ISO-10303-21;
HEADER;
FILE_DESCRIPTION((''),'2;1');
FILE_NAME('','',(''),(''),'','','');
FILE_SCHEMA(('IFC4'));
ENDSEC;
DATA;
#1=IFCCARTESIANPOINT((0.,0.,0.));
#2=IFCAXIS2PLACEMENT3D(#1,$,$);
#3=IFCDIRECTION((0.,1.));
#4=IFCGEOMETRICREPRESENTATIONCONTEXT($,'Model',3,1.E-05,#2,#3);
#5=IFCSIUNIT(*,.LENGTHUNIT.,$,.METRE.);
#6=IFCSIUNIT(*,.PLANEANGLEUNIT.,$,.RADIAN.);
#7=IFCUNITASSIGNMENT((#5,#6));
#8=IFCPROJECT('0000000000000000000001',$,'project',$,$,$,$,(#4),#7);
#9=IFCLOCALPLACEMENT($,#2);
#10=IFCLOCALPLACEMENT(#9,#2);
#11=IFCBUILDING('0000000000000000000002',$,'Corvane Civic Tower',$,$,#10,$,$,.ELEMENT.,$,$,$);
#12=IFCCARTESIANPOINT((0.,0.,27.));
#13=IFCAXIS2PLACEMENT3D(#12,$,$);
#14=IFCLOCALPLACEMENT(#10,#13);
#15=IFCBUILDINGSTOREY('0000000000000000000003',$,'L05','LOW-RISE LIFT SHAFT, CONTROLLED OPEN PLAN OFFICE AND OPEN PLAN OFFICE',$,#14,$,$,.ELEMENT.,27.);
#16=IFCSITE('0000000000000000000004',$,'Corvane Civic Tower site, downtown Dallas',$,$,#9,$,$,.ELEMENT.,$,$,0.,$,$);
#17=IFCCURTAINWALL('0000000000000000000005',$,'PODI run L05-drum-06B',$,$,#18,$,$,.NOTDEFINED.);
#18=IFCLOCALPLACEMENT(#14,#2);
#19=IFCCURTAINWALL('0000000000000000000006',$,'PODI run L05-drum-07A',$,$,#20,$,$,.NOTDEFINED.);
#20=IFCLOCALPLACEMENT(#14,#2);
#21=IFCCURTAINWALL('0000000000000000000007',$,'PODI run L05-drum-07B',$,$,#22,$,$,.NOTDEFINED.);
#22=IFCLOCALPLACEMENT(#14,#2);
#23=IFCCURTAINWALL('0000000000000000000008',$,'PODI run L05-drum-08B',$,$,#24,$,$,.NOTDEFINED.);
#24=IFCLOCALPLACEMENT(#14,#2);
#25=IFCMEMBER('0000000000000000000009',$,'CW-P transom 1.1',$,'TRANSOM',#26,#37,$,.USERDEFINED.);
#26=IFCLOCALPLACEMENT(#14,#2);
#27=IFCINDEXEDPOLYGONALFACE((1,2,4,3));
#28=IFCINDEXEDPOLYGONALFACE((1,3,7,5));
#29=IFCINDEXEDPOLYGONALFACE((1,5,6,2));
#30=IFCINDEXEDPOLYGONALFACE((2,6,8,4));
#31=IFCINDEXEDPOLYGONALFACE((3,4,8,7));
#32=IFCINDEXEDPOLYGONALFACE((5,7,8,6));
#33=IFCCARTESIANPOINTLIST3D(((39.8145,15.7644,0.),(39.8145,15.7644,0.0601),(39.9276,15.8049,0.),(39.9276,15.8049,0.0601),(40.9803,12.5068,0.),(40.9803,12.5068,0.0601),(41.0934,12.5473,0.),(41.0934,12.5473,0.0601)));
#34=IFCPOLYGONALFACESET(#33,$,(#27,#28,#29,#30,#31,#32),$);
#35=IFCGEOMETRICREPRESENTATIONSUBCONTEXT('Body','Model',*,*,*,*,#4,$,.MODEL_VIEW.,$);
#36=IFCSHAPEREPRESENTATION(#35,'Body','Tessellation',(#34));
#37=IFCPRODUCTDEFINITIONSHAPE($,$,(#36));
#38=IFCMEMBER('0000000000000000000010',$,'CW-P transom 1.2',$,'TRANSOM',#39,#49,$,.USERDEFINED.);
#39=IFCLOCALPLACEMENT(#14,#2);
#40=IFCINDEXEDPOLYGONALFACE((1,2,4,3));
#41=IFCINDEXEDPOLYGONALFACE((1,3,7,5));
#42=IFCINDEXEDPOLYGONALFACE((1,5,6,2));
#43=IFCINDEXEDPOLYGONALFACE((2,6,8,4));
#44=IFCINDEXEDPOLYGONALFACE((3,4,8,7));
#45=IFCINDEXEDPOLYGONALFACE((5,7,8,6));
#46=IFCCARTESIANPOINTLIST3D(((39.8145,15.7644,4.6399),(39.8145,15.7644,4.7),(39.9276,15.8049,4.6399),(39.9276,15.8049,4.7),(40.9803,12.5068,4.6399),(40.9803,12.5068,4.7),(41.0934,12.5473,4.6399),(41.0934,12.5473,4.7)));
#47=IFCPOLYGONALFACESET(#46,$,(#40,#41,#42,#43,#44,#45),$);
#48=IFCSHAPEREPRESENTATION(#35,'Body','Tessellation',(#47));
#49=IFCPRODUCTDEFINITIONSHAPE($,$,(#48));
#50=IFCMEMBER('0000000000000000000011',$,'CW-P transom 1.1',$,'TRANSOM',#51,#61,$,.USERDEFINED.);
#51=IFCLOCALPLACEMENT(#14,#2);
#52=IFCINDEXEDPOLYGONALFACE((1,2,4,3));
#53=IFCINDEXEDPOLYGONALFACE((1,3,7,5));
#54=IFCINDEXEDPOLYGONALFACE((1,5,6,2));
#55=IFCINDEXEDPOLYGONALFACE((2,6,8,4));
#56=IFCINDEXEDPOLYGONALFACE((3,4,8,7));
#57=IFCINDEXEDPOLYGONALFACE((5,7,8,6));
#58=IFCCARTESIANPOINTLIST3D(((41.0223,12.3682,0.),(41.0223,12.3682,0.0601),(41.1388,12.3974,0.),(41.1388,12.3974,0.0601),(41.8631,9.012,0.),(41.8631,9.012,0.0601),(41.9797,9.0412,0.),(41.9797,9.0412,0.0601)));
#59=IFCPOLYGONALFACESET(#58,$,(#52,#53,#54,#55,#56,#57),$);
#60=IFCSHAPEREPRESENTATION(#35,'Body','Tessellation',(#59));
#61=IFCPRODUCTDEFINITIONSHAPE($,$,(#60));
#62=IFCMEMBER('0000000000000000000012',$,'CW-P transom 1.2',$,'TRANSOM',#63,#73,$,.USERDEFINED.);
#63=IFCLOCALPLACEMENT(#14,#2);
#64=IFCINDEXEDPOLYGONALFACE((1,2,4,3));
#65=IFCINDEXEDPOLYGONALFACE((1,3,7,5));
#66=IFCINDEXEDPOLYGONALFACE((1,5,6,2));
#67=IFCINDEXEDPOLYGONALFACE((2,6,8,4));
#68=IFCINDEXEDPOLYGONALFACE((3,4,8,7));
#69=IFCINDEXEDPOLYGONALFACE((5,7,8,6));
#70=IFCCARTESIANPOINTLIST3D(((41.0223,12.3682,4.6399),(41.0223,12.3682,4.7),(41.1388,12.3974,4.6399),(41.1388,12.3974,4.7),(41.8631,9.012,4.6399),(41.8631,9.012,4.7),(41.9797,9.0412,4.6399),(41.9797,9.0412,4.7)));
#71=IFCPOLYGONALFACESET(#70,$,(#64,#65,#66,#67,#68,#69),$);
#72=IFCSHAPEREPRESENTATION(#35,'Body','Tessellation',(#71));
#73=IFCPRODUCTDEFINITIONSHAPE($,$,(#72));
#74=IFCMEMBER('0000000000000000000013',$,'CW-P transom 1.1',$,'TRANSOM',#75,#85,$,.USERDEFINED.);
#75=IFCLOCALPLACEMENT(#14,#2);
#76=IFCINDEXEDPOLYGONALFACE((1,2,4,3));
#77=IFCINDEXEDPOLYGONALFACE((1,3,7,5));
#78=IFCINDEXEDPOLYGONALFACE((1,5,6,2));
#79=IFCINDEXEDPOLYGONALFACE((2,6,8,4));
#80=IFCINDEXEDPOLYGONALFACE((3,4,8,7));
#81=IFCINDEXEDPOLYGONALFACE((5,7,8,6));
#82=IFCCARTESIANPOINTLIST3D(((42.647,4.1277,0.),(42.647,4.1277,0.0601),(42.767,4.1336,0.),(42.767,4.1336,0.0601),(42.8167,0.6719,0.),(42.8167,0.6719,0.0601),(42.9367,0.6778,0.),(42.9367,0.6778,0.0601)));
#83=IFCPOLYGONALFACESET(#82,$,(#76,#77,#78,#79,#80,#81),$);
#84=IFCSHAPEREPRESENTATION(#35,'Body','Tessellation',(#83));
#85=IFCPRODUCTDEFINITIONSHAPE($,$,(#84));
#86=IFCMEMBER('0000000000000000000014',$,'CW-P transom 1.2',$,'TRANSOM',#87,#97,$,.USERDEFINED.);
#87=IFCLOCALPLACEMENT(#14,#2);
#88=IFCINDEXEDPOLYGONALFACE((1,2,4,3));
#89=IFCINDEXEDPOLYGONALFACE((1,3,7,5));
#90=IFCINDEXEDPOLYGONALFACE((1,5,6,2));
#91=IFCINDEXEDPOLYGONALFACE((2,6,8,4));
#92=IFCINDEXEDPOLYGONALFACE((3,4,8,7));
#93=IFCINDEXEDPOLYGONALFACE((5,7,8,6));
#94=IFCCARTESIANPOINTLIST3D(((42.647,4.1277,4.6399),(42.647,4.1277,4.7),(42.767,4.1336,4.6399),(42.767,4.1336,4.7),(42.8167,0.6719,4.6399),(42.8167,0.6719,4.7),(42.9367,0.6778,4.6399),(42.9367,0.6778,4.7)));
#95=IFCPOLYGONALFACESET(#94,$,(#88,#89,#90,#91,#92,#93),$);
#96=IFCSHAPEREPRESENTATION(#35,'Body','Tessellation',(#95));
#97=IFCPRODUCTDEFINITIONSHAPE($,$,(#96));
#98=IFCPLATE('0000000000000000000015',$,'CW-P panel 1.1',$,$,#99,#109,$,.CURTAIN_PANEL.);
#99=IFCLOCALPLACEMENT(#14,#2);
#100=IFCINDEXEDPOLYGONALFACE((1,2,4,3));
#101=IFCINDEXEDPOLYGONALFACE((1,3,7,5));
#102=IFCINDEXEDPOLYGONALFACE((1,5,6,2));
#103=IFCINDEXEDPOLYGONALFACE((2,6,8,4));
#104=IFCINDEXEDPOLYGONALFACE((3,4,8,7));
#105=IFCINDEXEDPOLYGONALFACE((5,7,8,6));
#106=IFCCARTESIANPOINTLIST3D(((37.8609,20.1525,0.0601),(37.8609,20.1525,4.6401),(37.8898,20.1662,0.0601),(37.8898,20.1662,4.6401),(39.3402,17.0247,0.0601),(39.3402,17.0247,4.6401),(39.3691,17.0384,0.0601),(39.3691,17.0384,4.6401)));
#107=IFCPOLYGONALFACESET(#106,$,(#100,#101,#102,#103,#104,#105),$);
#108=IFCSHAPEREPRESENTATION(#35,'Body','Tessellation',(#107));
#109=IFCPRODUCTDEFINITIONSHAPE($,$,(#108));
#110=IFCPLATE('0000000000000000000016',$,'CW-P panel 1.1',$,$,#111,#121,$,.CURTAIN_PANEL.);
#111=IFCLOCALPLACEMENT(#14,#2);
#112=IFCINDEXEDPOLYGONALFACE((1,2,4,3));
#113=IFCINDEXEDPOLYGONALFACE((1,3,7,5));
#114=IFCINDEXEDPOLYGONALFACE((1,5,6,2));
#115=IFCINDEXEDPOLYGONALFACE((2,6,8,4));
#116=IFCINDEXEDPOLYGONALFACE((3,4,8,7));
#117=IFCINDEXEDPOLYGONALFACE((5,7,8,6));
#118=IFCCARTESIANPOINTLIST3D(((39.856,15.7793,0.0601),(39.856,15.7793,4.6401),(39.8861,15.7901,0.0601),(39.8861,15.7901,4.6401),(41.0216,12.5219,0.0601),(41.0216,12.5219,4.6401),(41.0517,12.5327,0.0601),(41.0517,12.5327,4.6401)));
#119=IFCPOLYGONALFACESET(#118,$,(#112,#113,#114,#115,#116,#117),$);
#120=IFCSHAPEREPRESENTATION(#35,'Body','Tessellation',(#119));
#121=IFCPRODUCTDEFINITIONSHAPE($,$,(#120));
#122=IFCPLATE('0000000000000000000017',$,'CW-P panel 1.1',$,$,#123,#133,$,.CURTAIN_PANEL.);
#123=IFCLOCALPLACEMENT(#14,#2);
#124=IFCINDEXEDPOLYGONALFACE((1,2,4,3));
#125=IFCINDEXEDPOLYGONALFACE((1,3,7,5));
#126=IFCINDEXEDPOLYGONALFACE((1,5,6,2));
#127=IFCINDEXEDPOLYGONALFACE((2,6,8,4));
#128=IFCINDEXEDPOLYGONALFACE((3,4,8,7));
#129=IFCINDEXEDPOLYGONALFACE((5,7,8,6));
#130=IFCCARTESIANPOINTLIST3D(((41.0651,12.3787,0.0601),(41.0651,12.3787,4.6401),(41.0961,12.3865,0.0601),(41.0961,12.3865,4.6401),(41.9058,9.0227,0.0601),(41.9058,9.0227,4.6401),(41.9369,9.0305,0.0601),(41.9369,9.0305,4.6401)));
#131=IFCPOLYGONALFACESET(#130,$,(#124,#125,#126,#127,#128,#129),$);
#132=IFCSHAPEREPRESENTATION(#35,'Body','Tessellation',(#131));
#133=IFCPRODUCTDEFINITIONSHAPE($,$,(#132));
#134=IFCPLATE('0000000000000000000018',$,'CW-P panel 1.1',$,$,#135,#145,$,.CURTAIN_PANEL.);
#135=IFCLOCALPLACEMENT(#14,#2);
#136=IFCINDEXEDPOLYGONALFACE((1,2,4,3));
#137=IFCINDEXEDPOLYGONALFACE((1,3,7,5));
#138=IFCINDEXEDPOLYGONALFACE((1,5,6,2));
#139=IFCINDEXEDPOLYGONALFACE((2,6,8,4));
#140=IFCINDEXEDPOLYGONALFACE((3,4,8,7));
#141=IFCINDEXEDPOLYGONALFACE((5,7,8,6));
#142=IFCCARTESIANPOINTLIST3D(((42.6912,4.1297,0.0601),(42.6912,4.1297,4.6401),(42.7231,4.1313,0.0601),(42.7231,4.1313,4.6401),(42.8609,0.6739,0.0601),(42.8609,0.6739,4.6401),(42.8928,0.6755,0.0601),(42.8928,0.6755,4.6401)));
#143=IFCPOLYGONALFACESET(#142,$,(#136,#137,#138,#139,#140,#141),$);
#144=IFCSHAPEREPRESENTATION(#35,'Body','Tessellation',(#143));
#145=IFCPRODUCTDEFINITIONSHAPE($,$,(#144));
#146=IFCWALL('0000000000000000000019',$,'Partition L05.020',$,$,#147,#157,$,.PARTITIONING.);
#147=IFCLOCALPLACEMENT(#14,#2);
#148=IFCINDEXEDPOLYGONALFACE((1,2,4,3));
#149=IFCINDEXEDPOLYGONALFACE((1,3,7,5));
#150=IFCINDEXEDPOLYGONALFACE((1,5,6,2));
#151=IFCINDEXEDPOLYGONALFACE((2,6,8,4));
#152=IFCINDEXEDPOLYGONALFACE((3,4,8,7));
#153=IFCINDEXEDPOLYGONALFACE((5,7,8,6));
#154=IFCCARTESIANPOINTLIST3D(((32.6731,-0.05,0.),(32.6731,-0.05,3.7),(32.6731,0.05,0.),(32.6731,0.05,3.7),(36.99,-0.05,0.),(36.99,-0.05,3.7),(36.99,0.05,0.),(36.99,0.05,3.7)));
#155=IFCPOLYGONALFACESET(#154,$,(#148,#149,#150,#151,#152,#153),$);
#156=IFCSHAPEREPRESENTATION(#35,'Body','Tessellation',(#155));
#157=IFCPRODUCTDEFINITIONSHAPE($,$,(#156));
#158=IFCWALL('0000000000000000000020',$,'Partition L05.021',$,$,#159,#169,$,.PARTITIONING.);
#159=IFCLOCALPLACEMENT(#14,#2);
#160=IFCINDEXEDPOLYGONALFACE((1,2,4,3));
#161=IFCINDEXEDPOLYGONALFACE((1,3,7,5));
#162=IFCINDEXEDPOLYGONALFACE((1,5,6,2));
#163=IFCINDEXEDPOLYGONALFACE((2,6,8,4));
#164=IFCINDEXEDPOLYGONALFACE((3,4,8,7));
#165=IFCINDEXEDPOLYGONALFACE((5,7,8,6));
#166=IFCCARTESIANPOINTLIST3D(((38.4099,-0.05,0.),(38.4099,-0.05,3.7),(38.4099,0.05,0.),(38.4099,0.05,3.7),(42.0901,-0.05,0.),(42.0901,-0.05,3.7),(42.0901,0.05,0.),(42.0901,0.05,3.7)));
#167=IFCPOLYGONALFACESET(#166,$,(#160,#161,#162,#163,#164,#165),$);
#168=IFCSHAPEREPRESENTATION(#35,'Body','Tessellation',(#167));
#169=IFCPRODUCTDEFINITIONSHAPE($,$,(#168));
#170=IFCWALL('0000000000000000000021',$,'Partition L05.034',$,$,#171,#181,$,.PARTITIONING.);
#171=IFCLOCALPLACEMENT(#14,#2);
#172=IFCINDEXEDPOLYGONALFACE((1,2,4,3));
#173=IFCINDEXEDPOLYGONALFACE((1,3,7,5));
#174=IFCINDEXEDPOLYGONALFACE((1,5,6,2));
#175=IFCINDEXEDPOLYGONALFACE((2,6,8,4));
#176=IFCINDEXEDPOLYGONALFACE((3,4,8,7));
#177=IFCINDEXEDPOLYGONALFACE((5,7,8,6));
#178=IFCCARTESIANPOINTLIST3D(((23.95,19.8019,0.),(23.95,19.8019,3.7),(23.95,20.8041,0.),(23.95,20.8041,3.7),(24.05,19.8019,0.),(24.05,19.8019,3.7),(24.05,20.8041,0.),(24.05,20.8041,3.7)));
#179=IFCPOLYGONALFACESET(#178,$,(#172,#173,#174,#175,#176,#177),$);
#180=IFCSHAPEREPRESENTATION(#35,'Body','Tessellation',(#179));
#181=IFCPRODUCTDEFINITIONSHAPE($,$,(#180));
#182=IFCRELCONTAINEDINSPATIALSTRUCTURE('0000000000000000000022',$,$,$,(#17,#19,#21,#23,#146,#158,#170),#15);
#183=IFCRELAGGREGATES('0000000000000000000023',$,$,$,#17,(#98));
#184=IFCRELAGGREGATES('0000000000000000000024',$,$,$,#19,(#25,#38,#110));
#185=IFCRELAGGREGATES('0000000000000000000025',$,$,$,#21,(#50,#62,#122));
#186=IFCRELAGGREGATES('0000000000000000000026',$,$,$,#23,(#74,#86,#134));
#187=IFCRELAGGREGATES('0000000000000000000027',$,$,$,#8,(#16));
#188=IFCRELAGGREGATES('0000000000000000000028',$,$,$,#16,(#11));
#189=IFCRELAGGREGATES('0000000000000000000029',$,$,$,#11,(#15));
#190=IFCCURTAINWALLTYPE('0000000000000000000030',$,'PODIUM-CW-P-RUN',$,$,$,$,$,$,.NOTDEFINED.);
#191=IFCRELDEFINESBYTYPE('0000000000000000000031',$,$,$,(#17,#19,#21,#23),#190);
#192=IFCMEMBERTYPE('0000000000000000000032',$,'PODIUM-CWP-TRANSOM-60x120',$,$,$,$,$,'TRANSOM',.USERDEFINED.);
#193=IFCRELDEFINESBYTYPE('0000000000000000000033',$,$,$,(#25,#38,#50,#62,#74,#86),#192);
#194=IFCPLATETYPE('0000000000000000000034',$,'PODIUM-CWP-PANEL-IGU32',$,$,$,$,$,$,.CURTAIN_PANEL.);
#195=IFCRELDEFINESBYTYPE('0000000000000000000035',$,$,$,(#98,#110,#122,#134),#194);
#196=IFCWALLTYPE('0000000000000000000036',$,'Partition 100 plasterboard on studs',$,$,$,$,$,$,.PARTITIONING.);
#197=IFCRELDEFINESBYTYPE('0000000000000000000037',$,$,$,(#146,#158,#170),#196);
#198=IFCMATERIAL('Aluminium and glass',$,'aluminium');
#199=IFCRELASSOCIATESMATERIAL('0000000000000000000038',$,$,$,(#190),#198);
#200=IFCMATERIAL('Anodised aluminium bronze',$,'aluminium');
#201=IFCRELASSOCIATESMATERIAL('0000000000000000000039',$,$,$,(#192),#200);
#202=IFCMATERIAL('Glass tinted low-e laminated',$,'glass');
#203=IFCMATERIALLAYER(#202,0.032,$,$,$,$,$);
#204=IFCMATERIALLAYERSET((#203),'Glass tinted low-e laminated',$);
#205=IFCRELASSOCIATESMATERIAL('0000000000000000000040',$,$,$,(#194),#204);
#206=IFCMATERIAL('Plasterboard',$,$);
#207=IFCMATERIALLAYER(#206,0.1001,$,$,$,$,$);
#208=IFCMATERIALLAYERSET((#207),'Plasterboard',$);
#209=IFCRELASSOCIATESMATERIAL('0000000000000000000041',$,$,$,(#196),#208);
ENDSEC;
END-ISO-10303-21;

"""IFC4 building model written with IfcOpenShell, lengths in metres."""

from ifc_helpers import new_model, si_unit, direction, frame, frame_2d, origin, origin_2d, place, context, subcontext, project, spatial, rectangle, extrude, material, layer, layer_set, material_profile, profile_set, type_object, element, aggregate, save


model = new_model("IFC4")

# Units and contexts
model_context = context("Model", 3, precision=1e-05, world=origin(), true_north=direction((0.0, 1.0)))
body_context = subcontext(model_context, "Body", "Model", "MODEL_VIEW")
ifc_project = project(units=[si_unit("LENGTHUNIT", "METRE"), si_unit("PLANEANGLEUNIT", "RADIAN")], contexts=[model_context])

# Site, building, storey
site_placement = place(None, origin())
site = spatial("IfcSite", under=ifc_project, at=site_placement, Name="Corvane Civic Tower site, downtown Dallas", CompositionType="ELEMENT", RefElevation=0.0)
building_placement = place(site_placement, origin())
building = spatial("IfcBuilding", under=site, at=building_placement, Name="Corvane Civic Tower", CompositionType="ELEMENT")
storey_placement = place(building_placement, frame((0.0, 0.0, 27.0)))
storey = spatial("IfcBuildingStorey", under=building, at=storey_placement, Name="L05", Description="LOW-RISE LIFT SHAFT, CONTROLLED OPEN PLAN OFFICE AND OPEN PLAN OFFICE", CompositionType="ELEMENT", Elevation=27.0)

# Curtain wall
ifc_material_1 = material(Name="Aluminium and glass", Category="aluminium")
curtain_wall_type = type_object("IfcCurtainWallType", Name="PODIUM-CW-P-RUN", PredefinedType="NOTDEFINED", material=ifc_material_1)
curtain_wall_1_placement = place(storey_placement, origin())
curtain_wall_1 = element("IfcCurtainWall", 1, at=curtain_wall_1_placement, inside=storey, type_object=curtain_wall_type, Name="PODI run L05-drum-06B", PredefinedType="NOTDEFINED")

# Curtain walls
curtain_wall_2_placement = place(storey_placement, origin())
curtain_wall_2 = element("IfcCurtainWall", 2, at=curtain_wall_2_placement, inside=storey, type_object=curtain_wall_type, Name="PODI run L05-drum-07A", PredefinedType="NOTDEFINED")
curtain_wall_3_placement = place(storey_placement, origin())
curtain_wall_3 = element("IfcCurtainWall", 3, at=curtain_wall_3_placement, inside=storey, type_object=curtain_wall_type, Name="PODI run L05-drum-07B", PredefinedType="NOTDEFINED")
curtain_wall_4_placement = place(storey_placement, origin())
curtain_wall_4 = element("IfcCurtainWall", 4, at=curtain_wall_4_placement, inside=storey, type_object=curtain_wall_type, Name="PODI run L05-drum-08B", PredefinedType="NOTDEFINED")

# Members
ifc_material_2 = material(Name="Anodised aluminium bronze", Category="aluminium")
ifc_material_profile_1 = material_profile(ifc_material_2, rectangle(XDim=0.1201, YDim=0.0601, at=origin_2d()), Name="AL 120x60")
ifc_profile_set_1 = profile_set([ifc_material_profile_1], Name="Anodised aluminium bronze")
member_type_1 = type_object("IfcMemberType", Name="PODIUM-CWP-TRANSOM-60x120", ElementType="TRANSOM", PredefinedType="USERDEFINED", material=ifc_profile_set_1)
member_1_placement = place(storey_placement, frame((39.8711, 15.7847, 0.03), z_axis=(0.33694, -0.941526, 0.0), x_axis=(0.941526, 0.33694, 0.0)))
member_1 = element("IfcMember", 5, at=member_1_placement, type_object=member_type_1, Name="CW-P transom 1.1", ObjectType="TRANSOM", PredefinedType="USERDEFINED", context=body_context, shape_type="SweptSolid", body=[
    extrude(rectangle(XDim=0.1201, YDim=0.0601, at=origin_2d()), origin(), (0.0, 0.0, 1.0), 3.46),
])
member_2_placement = place(storey_placement, frame((39.8711, 15.7847, 4.6699), z_axis=(0.33694, -0.941526, 0.0), x_axis=(0.941526, 0.33694, 0.0)))
member_2 = element("IfcMember", 6, at=member_2_placement, type_object=member_type_1, Name="CW-P transom 1.2", ObjectType="TRANSOM", PredefinedType="USERDEFINED", context=body_context, shape_type="SweptSolid", body=[
    extrude(rectangle(XDim=0.1201, YDim=0.0601, at=origin_2d()), origin(), (0.0, 0.0, 1.0), 3.46),
])
member_3_placement = place(storey_placement, frame((41.0806, 12.3828, 0.03), z_axis=(0.243017, -0.970022, 0.0), x_axis=(0.970022, 0.243017, 0.0)))
member_3 = element("IfcMember", 7, at=member_3_placement, type_object=member_type_1, Name="CW-P transom 1.1", ObjectType="TRANSOM", PredefinedType="USERDEFINED", context=body_context, shape_type="SweptSolid", body=[
    extrude(rectangle(XDim=0.1201, YDim=0.0601, at=origin_2d()), origin(), (0.0, 0.0, 1.0), 3.46),
])
member_4_placement = place(storey_placement, frame((41.0806, 12.3828, 4.6699), z_axis=(0.243017, -0.970022, 0.0), x_axis=(0.970022, 0.243017, 0.0)))
member_4 = element("IfcMember", 8, at=member_4_placement, type_object=member_type_1, Name="CW-P transom 1.2", ObjectType="TRANSOM", PredefinedType="USERDEFINED", context=body_context, shape_type="SweptSolid", body=[
    extrude(rectangle(XDim=0.1201, YDim=0.0601, at=origin_2d()), origin(), (0.0, 0.0, 1.0), 3.46),
])
member_5_placement = place(storey_placement, frame((42.707, 4.1306, 0.03), z_axis=(0.04904, -0.998797, 0.0), x_axis=(0.998797, 0.04904, 0.0)))
member_5 = element("IfcMember", 9, at=member_5_placement, type_object=member_type_1, Name="CW-P transom 1.1", ObjectType="TRANSOM", PredefinedType="USERDEFINED", context=body_context, shape_type="SweptSolid", body=[
    extrude(rectangle(XDim=0.1201, YDim=0.0601, at=origin_2d()), origin(), (0.0, 0.0, 1.0), 3.46),
])
member_6_placement = place(storey_placement, frame((42.707, 4.1306, 4.6699), z_axis=(0.04904, -0.998797, 0.0), x_axis=(0.998797, 0.04904, 0.0)))
member_6 = element("IfcMember", 10, at=member_6_placement, type_object=member_type_1, Name="CW-P transom 1.2", ObjectType="TRANSOM", PredefinedType="USERDEFINED", context=body_context, shape_type="SweptSolid", body=[
    extrude(rectangle(XDim=0.1201, YDim=0.0601, at=origin_2d()), origin(), (0.0, 0.0, 1.0), 3.46),
])

# Plates
ifc_material_3 = material(Name="Glass tinted low-e laminated", Category="glass")
ifc_layer_1 = layer(ifc_material_3, 0.032)
ifc_layer_set_1 = layer_set([ifc_layer_1], Name="Glass tinted low-e laminated")
plate_type = type_object("IfcPlateType", Name="PODIUM-CWP-PANEL-IGU32", PredefinedType="CURTAIN_PANEL", material=ifc_layer_set_1)
plate_1_placement = place(storey_placement, frame((38.615, 18.5955, 0.0601), z_axis=(0.0, 0.0, 1.0), x_axis=(0.427553, -0.90399, 0.0)))
plate_1 = element("IfcPlate", 11, at=plate_1_placement, type_object=plate_type, Name="CW-P panel 1.1", PredefinedType="CURTAIN_PANEL", context=body_context, shape_type="SweptSolid", body=[
    extrude(rectangle(XDim=3.46, YDim=0.032, at=origin_2d()), origin(), (0.0, 0.0, 1.0), 4.5801),
])
aggregate(curtain_wall_1, [plate_1])
plate_2_placement = place(storey_placement, frame((40.4539, 14.156, 0.0601), z_axis=(0.0, 0.0, 1.0), x_axis=(0.336919, -0.941534, 0.0)))
plate_2 = element("IfcPlate", 12, at=plate_2_placement, type_object=plate_type, Name="CW-P panel 1.1", PredefinedType="CURTAIN_PANEL", context=body_context, shape_type="SweptSolid", body=[
    extrude(rectangle(XDim=3.4597, YDim=0.032, at=origin_2d()), origin(), (0.0, 0.0, 1.0), 4.5801),
])
aggregate(curtain_wall_2, [member_1, member_2, plate_2])
plate_3_placement = place(storey_placement, frame((41.501, 10.7046, 0.0601), z_axis=(0.0, 0.0, 1.0), x_axis=(0.243009, -0.970024, 0.0)))
plate_3 = element("IfcPlate", 13, at=plate_3_placement, type_object=plate_type, Name="CW-P panel 1.1", PredefinedType="CURTAIN_PANEL", context=body_context, shape_type="SweptSolid", body=[
    extrude(rectangle(XDim=3.4597, YDim=0.032, at=origin_2d()), origin(), (0.0, 0.0, 1.0), 4.5801),
])
aggregate(curtain_wall_3, [member_3, member_4, plate_3])
plate_4_placement = place(storey_placement, frame((42.792, 2.4026, 0.0601), z_axis=(0.0, 0.0, 1.0), x_axis=(0.04905, -0.998796, 0.0)))
plate_4 = element("IfcPlate", 14, at=plate_4_placement, type_object=plate_type, Name="CW-P panel 1.1", PredefinedType="CURTAIN_PANEL", context=body_context, shape_type="SweptSolid", body=[
    extrude(rectangle(XDim=3.46, YDim=0.032, at=origin_2d()), origin(), (0.0, 0.0, 1.0), 4.5801),
])
aggregate(curtain_wall_4, [member_5, member_6, plate_4])

# Walls
ifc_material_4 = material(Name="Plasterboard")
ifc_layer_2 = layer(ifc_material_4, 0.1001)
ifc_layer_set_2 = layer_set([ifc_layer_2], Name="Plasterboard")
wall_type_1 = type_object("IfcWallType", Name="Partition 100 plasterboard on studs", PredefinedType="PARTITIONING", material=ifc_layer_set_2)
wall_1_placement = place(storey_placement, frame((32.6731, 0.0, 0.0), z_axis=(0.0, 0.0, 1.0), x_axis=(1.0, 0.0, 0.0)))
element("IfcWall", 15, at=wall_1_placement, inside=storey, type_object=wall_type_1, Name="Partition L05.020", PredefinedType="PARTITIONING", context=body_context, shape_type="SweptSolid", body=[
    extrude(rectangle(XDim=4.3169, YDim=0.1001, at=frame_2d((2.1584, 0.0))), origin(), (0.0, 0.0, 1.0), 3.7),
])
wall_2_placement = place(storey_placement, frame((38.4099, 0.0, 0.0), z_axis=(0.0, 0.0, 1.0), x_axis=(1.0, 0.0, 0.0)))
element("IfcWall", 16, at=wall_2_placement, inside=storey, type_object=wall_type_1, Name="Partition L05.021", PredefinedType="PARTITIONING", context=body_context, shape_type="SweptSolid", body=[
    extrude(rectangle(XDim=3.6802, YDim=0.1001, at=frame_2d((1.8401, 0.0))), origin(), (0.0, 0.0, 1.0), 3.7),
])
wall_3_placement = place(storey_placement, frame((24.0, 19.802, 0.0), z_axis=(0.0, 0.0, 1.0), x_axis=(0.0, 1.0, 0.0)))
element("IfcWall", 17, at=wall_3_placement, inside=storey, type_object=wall_type_1, Name="Partition L05.034", PredefinedType="PARTITIONING", context=body_context, shape_type="SweptSolid", body=[
    extrude(rectangle(XDim=1.0022, YDim=0.1001, at=frame_2d((0.501, 0.0))), origin(), (0.0, 0.0, 1.0), 3.7),
])

save(model, "model.ifc")
